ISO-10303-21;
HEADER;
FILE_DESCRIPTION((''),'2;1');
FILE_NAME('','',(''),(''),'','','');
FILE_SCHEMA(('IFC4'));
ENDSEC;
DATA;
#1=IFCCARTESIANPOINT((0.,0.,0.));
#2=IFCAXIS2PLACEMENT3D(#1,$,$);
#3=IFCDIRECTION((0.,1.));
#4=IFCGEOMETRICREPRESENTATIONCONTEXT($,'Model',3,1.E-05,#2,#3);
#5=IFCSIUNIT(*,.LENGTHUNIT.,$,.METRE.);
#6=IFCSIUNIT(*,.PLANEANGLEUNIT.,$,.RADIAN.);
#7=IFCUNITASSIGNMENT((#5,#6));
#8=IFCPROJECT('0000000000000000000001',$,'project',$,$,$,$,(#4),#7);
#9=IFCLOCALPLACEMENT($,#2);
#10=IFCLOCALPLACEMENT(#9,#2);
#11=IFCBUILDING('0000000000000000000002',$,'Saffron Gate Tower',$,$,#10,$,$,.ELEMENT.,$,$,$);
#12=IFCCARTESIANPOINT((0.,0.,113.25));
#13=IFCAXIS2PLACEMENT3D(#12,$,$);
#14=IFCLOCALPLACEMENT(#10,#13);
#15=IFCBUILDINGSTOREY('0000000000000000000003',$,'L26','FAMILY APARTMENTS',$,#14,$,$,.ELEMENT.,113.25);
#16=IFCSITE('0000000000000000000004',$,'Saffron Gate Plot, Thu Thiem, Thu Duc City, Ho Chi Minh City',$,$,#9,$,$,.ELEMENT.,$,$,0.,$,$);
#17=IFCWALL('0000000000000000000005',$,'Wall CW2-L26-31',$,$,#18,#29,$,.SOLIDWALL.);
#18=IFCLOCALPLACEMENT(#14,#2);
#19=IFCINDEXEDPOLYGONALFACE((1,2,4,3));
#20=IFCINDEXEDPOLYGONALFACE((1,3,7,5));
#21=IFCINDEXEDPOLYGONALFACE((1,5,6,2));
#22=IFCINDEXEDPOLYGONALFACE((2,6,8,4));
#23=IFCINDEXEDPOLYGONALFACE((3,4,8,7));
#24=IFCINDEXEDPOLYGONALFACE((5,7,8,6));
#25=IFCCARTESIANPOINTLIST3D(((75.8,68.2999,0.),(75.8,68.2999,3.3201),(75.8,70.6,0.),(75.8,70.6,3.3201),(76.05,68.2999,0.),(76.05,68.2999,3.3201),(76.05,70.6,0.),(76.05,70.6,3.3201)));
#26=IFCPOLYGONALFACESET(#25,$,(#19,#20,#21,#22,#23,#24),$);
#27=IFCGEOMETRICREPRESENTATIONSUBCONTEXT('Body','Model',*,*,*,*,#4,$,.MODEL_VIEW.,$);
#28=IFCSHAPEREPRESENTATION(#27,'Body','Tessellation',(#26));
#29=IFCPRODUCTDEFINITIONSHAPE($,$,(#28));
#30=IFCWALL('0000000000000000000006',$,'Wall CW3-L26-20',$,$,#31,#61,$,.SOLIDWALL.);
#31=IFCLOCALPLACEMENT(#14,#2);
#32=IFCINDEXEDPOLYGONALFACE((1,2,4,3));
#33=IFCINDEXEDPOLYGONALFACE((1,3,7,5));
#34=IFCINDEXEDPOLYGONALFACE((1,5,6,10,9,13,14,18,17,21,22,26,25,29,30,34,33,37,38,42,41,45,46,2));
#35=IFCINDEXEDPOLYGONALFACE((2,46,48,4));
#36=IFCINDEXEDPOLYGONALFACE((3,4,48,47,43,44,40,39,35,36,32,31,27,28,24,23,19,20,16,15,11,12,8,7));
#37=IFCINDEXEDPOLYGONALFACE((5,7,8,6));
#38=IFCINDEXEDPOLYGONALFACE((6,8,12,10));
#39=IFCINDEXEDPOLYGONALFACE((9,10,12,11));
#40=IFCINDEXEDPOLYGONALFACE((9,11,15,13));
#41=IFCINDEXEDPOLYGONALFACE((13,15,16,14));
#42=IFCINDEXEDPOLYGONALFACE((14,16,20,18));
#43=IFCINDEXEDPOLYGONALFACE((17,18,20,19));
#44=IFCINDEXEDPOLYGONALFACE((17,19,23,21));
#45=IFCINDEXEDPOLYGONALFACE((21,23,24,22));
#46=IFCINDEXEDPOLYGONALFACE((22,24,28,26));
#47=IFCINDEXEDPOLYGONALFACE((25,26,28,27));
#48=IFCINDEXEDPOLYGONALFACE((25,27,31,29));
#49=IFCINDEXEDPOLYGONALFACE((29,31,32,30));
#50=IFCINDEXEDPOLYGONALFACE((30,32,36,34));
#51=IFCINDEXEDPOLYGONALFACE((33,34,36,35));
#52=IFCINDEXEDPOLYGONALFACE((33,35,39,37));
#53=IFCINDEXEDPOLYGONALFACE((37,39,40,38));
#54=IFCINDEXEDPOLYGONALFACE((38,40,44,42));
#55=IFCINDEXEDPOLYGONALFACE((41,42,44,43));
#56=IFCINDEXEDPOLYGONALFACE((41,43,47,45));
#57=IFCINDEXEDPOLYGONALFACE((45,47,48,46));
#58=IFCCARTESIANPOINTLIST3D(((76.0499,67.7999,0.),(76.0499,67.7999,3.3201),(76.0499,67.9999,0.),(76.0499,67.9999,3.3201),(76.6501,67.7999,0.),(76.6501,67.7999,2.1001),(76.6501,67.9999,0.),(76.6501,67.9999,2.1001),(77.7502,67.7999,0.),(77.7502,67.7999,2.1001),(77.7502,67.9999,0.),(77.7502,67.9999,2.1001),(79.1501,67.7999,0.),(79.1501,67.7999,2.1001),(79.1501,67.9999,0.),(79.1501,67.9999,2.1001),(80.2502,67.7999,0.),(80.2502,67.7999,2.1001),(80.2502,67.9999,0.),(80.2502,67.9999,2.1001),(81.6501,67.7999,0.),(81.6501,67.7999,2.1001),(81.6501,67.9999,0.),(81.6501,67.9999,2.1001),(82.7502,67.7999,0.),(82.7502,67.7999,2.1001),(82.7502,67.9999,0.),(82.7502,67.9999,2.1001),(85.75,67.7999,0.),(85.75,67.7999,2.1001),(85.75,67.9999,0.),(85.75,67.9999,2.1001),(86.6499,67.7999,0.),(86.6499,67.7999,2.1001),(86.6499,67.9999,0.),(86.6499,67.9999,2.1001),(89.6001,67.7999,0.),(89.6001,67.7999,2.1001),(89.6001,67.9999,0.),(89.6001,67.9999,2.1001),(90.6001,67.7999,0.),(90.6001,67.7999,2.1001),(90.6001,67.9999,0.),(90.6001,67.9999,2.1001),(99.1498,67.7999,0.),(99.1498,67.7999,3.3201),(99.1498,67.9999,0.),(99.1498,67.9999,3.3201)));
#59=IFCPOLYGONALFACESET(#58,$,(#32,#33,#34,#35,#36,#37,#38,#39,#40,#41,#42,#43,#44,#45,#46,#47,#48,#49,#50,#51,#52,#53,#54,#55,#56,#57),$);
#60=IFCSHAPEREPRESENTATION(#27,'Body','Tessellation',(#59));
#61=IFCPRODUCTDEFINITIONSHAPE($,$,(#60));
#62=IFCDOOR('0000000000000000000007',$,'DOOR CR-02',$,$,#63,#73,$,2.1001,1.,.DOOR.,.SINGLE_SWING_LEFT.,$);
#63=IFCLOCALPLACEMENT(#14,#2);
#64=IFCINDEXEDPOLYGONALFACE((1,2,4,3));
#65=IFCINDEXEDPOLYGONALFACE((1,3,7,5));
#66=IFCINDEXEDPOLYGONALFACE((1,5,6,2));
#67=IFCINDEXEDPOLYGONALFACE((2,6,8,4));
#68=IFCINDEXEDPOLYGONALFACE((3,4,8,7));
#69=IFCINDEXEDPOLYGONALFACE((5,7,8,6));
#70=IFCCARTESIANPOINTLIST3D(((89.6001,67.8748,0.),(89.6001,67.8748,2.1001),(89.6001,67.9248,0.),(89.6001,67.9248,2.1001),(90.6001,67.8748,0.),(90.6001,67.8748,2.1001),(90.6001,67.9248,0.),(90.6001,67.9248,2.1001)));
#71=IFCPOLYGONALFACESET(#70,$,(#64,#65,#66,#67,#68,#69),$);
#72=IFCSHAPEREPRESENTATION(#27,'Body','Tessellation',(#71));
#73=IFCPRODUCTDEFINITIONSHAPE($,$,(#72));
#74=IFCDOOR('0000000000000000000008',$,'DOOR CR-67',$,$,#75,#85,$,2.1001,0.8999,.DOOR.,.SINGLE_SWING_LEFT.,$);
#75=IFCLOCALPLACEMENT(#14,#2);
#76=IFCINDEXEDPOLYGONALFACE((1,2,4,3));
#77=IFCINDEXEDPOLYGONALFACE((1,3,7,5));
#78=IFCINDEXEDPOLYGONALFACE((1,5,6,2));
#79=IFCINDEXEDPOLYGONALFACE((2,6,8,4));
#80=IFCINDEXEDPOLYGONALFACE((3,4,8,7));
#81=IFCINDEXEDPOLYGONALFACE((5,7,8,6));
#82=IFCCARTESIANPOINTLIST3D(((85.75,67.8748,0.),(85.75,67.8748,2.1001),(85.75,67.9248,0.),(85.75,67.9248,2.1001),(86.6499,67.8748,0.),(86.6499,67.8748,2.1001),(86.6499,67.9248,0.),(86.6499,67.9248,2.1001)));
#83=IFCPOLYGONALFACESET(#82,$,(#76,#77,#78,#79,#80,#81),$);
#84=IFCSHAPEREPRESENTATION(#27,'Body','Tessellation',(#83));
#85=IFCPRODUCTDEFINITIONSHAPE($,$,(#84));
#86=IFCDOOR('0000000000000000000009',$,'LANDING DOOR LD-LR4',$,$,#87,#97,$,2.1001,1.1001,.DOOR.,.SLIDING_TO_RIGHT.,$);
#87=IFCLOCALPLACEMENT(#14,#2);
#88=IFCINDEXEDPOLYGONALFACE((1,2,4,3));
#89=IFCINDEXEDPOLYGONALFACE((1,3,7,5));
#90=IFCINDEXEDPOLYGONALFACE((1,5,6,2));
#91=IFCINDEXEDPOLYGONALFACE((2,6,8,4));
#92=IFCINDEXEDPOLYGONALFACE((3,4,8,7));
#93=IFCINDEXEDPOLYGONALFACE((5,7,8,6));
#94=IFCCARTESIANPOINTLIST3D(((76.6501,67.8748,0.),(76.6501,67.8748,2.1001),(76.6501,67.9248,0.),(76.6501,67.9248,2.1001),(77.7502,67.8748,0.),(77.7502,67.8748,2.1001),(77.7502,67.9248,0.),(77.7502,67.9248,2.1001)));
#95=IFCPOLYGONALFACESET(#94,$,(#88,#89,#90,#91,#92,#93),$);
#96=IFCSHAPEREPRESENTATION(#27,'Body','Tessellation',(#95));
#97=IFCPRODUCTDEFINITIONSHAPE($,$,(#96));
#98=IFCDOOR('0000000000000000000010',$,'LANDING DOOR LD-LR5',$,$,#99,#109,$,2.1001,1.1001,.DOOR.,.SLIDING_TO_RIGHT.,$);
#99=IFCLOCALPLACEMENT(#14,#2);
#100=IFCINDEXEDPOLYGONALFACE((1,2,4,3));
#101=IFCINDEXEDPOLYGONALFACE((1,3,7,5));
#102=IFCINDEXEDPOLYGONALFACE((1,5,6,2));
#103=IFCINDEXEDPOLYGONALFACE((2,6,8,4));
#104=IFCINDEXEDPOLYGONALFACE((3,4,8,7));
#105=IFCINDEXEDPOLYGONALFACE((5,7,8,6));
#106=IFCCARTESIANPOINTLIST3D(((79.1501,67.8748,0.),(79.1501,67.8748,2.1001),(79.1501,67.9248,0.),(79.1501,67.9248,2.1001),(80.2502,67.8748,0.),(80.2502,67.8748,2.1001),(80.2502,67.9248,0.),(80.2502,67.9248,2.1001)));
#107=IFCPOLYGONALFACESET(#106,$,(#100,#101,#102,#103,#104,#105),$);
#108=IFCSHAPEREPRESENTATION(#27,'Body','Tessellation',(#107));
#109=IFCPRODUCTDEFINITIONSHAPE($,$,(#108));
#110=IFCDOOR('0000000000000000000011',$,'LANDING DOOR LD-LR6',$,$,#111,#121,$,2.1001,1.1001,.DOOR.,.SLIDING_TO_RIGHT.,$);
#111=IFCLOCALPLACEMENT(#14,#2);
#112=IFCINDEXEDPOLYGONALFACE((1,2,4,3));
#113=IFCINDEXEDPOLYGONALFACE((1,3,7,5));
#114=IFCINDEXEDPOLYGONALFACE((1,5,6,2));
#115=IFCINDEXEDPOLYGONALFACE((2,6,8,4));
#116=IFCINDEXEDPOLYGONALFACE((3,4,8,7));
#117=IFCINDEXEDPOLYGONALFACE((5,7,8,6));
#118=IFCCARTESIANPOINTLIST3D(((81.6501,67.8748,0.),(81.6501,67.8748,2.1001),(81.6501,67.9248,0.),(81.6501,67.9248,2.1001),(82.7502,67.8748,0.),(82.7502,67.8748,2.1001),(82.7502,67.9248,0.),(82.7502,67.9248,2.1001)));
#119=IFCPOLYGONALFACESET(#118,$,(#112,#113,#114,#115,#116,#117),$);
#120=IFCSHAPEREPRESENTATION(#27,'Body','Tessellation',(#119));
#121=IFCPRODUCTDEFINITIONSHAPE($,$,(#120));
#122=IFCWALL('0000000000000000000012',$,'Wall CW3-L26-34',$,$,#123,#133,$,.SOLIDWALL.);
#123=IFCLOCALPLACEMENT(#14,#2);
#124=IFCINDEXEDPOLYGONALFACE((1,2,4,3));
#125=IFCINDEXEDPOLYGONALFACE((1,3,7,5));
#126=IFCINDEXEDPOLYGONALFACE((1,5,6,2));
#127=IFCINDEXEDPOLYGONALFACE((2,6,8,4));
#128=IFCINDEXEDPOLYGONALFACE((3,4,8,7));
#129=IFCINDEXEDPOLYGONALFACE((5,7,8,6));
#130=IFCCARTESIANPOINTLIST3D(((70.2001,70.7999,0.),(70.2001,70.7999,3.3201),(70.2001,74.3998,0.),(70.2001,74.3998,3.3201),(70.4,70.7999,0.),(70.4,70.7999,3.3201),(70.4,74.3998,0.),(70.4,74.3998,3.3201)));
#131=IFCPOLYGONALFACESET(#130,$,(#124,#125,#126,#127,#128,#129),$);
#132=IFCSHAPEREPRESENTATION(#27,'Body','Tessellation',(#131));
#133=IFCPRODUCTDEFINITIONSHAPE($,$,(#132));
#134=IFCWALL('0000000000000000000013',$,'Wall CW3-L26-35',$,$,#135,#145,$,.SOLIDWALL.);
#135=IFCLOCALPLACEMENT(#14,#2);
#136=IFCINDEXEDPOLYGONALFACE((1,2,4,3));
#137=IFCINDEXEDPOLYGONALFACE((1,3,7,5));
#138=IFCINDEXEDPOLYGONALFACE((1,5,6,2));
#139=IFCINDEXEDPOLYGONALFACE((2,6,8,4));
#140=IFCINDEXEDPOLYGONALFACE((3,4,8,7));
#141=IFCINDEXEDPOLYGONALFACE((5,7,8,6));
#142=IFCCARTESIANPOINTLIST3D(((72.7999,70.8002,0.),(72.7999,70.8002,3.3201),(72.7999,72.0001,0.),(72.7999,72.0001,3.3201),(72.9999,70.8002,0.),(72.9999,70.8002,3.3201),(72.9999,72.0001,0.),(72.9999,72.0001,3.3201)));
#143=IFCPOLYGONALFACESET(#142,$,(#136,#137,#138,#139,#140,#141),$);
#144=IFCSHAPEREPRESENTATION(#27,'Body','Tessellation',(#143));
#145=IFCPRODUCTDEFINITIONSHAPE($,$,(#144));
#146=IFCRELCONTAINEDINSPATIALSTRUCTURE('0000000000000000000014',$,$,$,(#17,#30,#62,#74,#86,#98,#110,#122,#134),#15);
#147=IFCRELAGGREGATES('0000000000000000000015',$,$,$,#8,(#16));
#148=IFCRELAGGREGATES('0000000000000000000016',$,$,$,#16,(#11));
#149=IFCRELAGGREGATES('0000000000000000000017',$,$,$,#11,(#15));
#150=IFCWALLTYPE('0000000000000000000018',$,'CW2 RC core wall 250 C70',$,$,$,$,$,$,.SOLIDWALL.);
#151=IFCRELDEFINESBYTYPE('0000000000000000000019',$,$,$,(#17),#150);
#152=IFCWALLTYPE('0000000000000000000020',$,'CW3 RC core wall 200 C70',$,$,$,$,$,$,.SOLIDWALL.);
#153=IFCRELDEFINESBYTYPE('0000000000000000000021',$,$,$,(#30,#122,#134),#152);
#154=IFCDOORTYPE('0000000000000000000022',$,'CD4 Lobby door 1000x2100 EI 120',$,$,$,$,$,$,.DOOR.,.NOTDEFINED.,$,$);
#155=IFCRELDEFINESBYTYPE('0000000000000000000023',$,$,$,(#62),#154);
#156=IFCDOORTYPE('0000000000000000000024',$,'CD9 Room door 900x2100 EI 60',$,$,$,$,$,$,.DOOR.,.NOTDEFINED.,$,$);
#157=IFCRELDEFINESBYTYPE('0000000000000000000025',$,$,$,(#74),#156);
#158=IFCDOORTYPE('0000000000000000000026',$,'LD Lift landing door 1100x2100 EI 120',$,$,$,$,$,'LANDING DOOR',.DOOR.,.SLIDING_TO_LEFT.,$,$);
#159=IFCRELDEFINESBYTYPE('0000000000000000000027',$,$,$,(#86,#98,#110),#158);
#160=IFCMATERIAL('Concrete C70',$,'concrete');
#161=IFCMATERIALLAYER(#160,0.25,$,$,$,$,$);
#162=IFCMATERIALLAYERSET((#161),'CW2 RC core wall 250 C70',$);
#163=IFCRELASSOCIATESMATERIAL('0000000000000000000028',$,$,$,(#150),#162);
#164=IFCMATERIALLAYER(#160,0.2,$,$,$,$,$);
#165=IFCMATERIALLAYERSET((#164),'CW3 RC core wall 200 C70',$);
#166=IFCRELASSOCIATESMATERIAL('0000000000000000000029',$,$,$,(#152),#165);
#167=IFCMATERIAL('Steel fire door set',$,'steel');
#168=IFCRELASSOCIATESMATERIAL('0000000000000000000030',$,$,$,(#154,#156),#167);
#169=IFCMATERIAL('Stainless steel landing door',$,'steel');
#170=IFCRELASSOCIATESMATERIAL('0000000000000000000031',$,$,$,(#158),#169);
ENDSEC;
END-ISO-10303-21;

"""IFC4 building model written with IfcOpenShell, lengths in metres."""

from ifc_helpers import new_model, si_unit, direction, frame, frame_2d, origin, place, context, subcontext, project, spatial, rectangle, extrude, material, layer, layer_set, type_object, element, fill, save


model = new_model("IFC4")

# Units and contexts
model_context = context("Model", 3, precision=1e-05, world=origin(), true_north=direction((0.0, 1.0)))
body_context = subcontext(model_context, "Body", "Model", "MODEL_VIEW")
ifc_project = project(units=[si_unit("LENGTHUNIT", "METRE"), si_unit("PLANEANGLEUNIT", "RADIAN")], contexts=[model_context])

# Site, building, storey
site_placement = place(None, origin())
site = spatial("IfcSite", under=ifc_project, at=site_placement, Name="Saffron Gate Plot, Thu Thiem, Thu Duc City, Ho Chi Minh City", CompositionType="ELEMENT", RefElevation=0.0)
building_placement = place(site_placement, origin())
building = spatial("IfcBuilding", under=site, at=building_placement, Name="Saffron Gate Tower", CompositionType="ELEMENT")
storey_placement = place(building_placement, frame((0.0, 0.0, 113.25)))
storey = spatial("IfcBuildingStorey", under=building, at=storey_placement, Name="L26", Description="FAMILY APARTMENTS", CompositionType="ELEMENT", Elevation=113.25)

# Wall
ifc_material_1 = material(Name="Concrete C70", Category="concrete")
ifc_layer_1 = layer(ifc_material_1, 0.25)
ifc_layer_set_1 = layer_set([ifc_layer_1], Name="CW2 RC core wall 250 C70")
wall_type_1 = type_object("IfcWallType", Name="CW2 RC core wall 250 C70", PredefinedType="SOLIDWALL", material=ifc_layer_set_1)
wall_1_placement = place(storey_placement, frame((75.925, 68.3, 0.0), z_axis=(0.0, 0.0, 1.0), x_axis=(0.0, 1.0, 0.0)))
element("IfcWall", 1, at=wall_1_placement, inside=storey, type_object=wall_type_1, Name="Wall CW2-L26-31", PredefinedType="SOLIDWALL", context=body_context, shape_type="SweptSolid", body=[
    extrude(rectangle(XDim=2.3, YDim=0.25, at=frame_2d((1.1499, 0.0))), origin(), (0.0, 0.0, 1.0), 3.3201),
])

# Wall, openings, doors
ifc_layer_2 = layer(ifc_material_1, 0.2)
ifc_layer_set_2 = layer_set([ifc_layer_2], Name="CW3 RC core wall 200 C70")
wall_type_2 = type_object("IfcWallType", Name="CW3 RC core wall 200 C70", PredefinedType="SOLIDWALL", material=ifc_layer_set_2)
wall_2_placement = place(storey_placement, frame((76.05, 67.8999, 0.0), z_axis=(0.0, 0.0, 1.0), x_axis=(1.0, 0.0, 0.0)))
wall_2 = element("IfcWall", 2, at=wall_2_placement, inside=storey, type_object=wall_type_2, Name="Wall CW3-L26-20", PredefinedType="SOLIDWALL", context=body_context, shape_type="SweptSolid", body=[
    extrude(rectangle(XDim=23.0999, YDim=0.2, at=frame_2d((11.5498, 0.0))), origin(), (0.0, 0.0, 1.0), 3.3201),
])
opening_1_placement = place(wall_2_placement, frame((0.6001, 0.0, 0.0)))
opening_1 = element("IfcOpeningElement", 3, at=opening_1_placement, cuts=wall_2, PredefinedType="OPENING", context=body_context, shape_type="SweptSolid", body=[
    extrude(rectangle(XDim=1.1001, YDim=2.1001, at=frame_2d((0.55, 1.05))), frame((0.0, 0.1099, 0.0), z_axis=(0.0, -1.0, 0.0), x_axis=(1.0, 0.0, 0.0)), (0.0, 0.0, 1.0), 0.22),
])
opening_2_placement = place(wall_2_placement, frame((3.1001, 0.0, 0.0)))
opening_2 = element("IfcOpeningElement", 4, at=opening_2_placement, cuts=wall_2, PredefinedType="OPENING", context=body_context, shape_type="SweptSolid", body=[
    extrude(rectangle(XDim=1.1001, YDim=2.1001, at=frame_2d((0.55, 1.05))), frame((0.0, 0.1099, 0.0), z_axis=(0.0, -1.0, 0.0), x_axis=(1.0, 0.0, 0.0)), (0.0, 0.0, 1.0), 0.22),
])
opening_3_placement = place(wall_2_placement, frame((5.6001, 0.0, 0.0)))
opening_3 = element("IfcOpeningElement", 5, at=opening_3_placement, cuts=wall_2, PredefinedType="OPENING", context=body_context, shape_type="SweptSolid", body=[
    extrude(rectangle(XDim=1.1001, YDim=2.1001, at=frame_2d((0.55, 1.05))), frame((0.0, 0.1099, 0.0), z_axis=(0.0, -1.0, 0.0), x_axis=(1.0, 0.0, 0.0)), (0.0, 0.0, 1.0), 0.22),
])
opening_4_placement = place(wall_2_placement, frame((9.7, 0.0, 0.0)))
opening_4 = element("IfcOpeningElement", 6, at=opening_4_placement, cuts=wall_2, PredefinedType="OPENING", context=body_context, shape_type="SweptSolid", body=[
    extrude(rectangle(XDim=0.8999, YDim=2.1001, at=frame_2d((0.45, 1.05))), frame((0.0, 0.1099, 0.0), z_axis=(0.0, -1.0, 0.0), x_axis=(1.0, 0.0, 0.0)), (0.0, 0.0, 1.0), 0.22),
])
opening_5_placement = place(wall_2_placement, frame((13.55, 0.0, 0.0)))
opening_5 = element("IfcOpeningElement", 7, at=opening_5_placement, cuts=wall_2, PredefinedType="OPENING", context=body_context, shape_type="SweptSolid", body=[
    extrude(rectangle(XDim=1.0, YDim=2.1001, at=frame_2d((0.5, 1.05))), frame((0.0, 0.1099, 0.0), z_axis=(0.0, -1.0, 0.0), x_axis=(1.0, 0.0, 0.0)), (0.0, 0.0, 1.0), 0.22),
])
ifc_material_2 = material(Name="Steel fire door set", Category="steel")
door_type_1 = type_object("IfcDoorType", Name="CD4 Lobby door 1000x2100 EI 120", OperationType="NOTDEFINED", PredefinedType="DOOR", material=ifc_material_2)
door_1_placement = place(opening_5_placement, origin())
door_1 = element("IfcDoor", 8, at=door_1_placement, inside=storey, type_object=door_type_1, Name="DOOR CR-02", OperationType="SINGLE_SWING_LEFT", OverallHeight=2.1001, OverallWidth=1.0, PredefinedType="DOOR", context=body_context, shape_type="SweptSolid", body=[
    extrude(rectangle(XDim=1.0, YDim=2.1001, at=frame_2d((0.5, 1.05))), frame((0.0, 0.0249, 0.0), z_axis=(0.0, -1.0, 0.0), x_axis=(1.0, 0.0, 0.0)), (0.0, 0.0, 1.0), 0.05),
])
fill(opening_5, door_1)
door_type_2 = type_object("IfcDoorType", Name="CD9 Room door 900x2100 EI 60", OperationType="NOTDEFINED", PredefinedType="DOOR", material=ifc_material_2)
door_2_placement = place(opening_4_placement, origin())
door_2 = element("IfcDoor", 9, at=door_2_placement, inside=storey, type_object=door_type_2, Name="DOOR CR-67", OperationType="SINGLE_SWING_LEFT", OverallHeight=2.1001, OverallWidth=0.8999, PredefinedType="DOOR", context=body_context, shape_type="SweptSolid", body=[
    extrude(rectangle(XDim=0.8999, YDim=2.1001, at=frame_2d((0.45, 1.05))), frame((0.0, 0.0249, 0.0), z_axis=(0.0, -1.0, 0.0), x_axis=(1.0, 0.0, 0.0)), (0.0, 0.0, 1.0), 0.05),
])
fill(opening_4, door_2)
ifc_material_3 = material(Name="Stainless steel landing door", Category="steel")
door_type_3 = type_object("IfcDoorType", Name="LD Lift landing door 1100x2100 EI 120", ElementType="LANDING DOOR", OperationType="SLIDING_TO_LEFT", PredefinedType="DOOR", material=ifc_material_3)
door_3_placement = place(opening_1_placement, origin())
door_3 = element("IfcDoor", 10, at=door_3_placement, inside=storey, type_object=door_type_3, Name="LANDING DOOR LD-LR4", OperationType="SLIDING_TO_RIGHT", OverallHeight=2.1001, OverallWidth=1.1001, PredefinedType="DOOR", context=body_context, shape_type="SweptSolid", body=[
    extrude(rectangle(XDim=1.1001, YDim=2.1001, at=frame_2d((0.55, 1.05))), frame((0.0, 0.0249, 0.0), z_axis=(0.0, -1.0, 0.0), x_axis=(1.0, 0.0, 0.0)), (0.0, 0.0, 1.0), 0.05),
])
fill(opening_1, door_3)
door_4_placement = place(opening_2_placement, origin())
door_4 = element("IfcDoor", 11, at=door_4_placement, inside=storey, type_object=door_type_3, Name="LANDING DOOR LD-LR5", OperationType="SLIDING_TO_RIGHT", OverallHeight=2.1001, OverallWidth=1.1001, PredefinedType="DOOR", context=body_context, shape_type="SweptSolid", body=[
    extrude(rectangle(XDim=1.1001, YDim=2.1001, at=frame_2d((0.55, 1.05))), frame((0.0, 0.0249, 0.0), z_axis=(0.0, -1.0, 0.0), x_axis=(1.0, 0.0, 0.0)), (0.0, 0.0, 1.0), 0.05),
])
fill(opening_2, door_4)
door_5_placement = place(opening_3_placement, origin())
door_5 = element("IfcDoor", 12, at=door_5_placement, inside=storey, type_object=door_type_3, Name="LANDING DOOR LD-LR6", OperationType="SLIDING_TO_RIGHT", OverallHeight=2.1001, OverallWidth=1.1001, PredefinedType="DOOR", context=body_context, shape_type="SweptSolid", body=[
    extrude(rectangle(XDim=1.1001, YDim=2.1001, at=frame_2d((0.55, 1.05))), frame((0.0, 0.0249, 0.0), z_axis=(0.0, -1.0, 0.0), x_axis=(1.0, 0.0, 0.0)), (0.0, 0.0, 1.0), 0.05),
])
fill(opening_3, door_5)

# Walls
wall_3_placement = place(storey_placement, frame((70.3, 70.8, 0.0), z_axis=(0.0, 0.0, 1.0), x_axis=(0.0, 1.0, 0.0)))
element("IfcWall", 13, at=wall_3_placement, inside=storey, type_object=wall_type_2, Name="Wall CW3-L26-34", PredefinedType="SOLIDWALL", context=body_context, shape_type="SweptSolid", body=[
    extrude(rectangle(XDim=3.5999, YDim=0.2, at=frame_2d((1.7998, 0.0))), origin(), (0.0, 0.0, 1.0), 3.3201),
])
wall_4_placement = place(storey_placement, frame((72.8999, 70.8, 0.0), z_axis=(0.0, 0.0, 1.0), x_axis=(0.0, 1.0, 0.0)))
element("IfcWall", 14, at=wall_4_placement, inside=storey, type_object=wall_type_2, Name="Wall CW3-L26-35", PredefinedType="SOLIDWALL", context=body_context, shape_type="SweptSolid", body=[
    extrude(rectangle(XDim=1.2, YDim=0.2, at=frame_2d((0.6001, 0.0))), origin(), (0.0, 0.0, 1.0), 3.3201),
])

save(model, "model.ifc")
